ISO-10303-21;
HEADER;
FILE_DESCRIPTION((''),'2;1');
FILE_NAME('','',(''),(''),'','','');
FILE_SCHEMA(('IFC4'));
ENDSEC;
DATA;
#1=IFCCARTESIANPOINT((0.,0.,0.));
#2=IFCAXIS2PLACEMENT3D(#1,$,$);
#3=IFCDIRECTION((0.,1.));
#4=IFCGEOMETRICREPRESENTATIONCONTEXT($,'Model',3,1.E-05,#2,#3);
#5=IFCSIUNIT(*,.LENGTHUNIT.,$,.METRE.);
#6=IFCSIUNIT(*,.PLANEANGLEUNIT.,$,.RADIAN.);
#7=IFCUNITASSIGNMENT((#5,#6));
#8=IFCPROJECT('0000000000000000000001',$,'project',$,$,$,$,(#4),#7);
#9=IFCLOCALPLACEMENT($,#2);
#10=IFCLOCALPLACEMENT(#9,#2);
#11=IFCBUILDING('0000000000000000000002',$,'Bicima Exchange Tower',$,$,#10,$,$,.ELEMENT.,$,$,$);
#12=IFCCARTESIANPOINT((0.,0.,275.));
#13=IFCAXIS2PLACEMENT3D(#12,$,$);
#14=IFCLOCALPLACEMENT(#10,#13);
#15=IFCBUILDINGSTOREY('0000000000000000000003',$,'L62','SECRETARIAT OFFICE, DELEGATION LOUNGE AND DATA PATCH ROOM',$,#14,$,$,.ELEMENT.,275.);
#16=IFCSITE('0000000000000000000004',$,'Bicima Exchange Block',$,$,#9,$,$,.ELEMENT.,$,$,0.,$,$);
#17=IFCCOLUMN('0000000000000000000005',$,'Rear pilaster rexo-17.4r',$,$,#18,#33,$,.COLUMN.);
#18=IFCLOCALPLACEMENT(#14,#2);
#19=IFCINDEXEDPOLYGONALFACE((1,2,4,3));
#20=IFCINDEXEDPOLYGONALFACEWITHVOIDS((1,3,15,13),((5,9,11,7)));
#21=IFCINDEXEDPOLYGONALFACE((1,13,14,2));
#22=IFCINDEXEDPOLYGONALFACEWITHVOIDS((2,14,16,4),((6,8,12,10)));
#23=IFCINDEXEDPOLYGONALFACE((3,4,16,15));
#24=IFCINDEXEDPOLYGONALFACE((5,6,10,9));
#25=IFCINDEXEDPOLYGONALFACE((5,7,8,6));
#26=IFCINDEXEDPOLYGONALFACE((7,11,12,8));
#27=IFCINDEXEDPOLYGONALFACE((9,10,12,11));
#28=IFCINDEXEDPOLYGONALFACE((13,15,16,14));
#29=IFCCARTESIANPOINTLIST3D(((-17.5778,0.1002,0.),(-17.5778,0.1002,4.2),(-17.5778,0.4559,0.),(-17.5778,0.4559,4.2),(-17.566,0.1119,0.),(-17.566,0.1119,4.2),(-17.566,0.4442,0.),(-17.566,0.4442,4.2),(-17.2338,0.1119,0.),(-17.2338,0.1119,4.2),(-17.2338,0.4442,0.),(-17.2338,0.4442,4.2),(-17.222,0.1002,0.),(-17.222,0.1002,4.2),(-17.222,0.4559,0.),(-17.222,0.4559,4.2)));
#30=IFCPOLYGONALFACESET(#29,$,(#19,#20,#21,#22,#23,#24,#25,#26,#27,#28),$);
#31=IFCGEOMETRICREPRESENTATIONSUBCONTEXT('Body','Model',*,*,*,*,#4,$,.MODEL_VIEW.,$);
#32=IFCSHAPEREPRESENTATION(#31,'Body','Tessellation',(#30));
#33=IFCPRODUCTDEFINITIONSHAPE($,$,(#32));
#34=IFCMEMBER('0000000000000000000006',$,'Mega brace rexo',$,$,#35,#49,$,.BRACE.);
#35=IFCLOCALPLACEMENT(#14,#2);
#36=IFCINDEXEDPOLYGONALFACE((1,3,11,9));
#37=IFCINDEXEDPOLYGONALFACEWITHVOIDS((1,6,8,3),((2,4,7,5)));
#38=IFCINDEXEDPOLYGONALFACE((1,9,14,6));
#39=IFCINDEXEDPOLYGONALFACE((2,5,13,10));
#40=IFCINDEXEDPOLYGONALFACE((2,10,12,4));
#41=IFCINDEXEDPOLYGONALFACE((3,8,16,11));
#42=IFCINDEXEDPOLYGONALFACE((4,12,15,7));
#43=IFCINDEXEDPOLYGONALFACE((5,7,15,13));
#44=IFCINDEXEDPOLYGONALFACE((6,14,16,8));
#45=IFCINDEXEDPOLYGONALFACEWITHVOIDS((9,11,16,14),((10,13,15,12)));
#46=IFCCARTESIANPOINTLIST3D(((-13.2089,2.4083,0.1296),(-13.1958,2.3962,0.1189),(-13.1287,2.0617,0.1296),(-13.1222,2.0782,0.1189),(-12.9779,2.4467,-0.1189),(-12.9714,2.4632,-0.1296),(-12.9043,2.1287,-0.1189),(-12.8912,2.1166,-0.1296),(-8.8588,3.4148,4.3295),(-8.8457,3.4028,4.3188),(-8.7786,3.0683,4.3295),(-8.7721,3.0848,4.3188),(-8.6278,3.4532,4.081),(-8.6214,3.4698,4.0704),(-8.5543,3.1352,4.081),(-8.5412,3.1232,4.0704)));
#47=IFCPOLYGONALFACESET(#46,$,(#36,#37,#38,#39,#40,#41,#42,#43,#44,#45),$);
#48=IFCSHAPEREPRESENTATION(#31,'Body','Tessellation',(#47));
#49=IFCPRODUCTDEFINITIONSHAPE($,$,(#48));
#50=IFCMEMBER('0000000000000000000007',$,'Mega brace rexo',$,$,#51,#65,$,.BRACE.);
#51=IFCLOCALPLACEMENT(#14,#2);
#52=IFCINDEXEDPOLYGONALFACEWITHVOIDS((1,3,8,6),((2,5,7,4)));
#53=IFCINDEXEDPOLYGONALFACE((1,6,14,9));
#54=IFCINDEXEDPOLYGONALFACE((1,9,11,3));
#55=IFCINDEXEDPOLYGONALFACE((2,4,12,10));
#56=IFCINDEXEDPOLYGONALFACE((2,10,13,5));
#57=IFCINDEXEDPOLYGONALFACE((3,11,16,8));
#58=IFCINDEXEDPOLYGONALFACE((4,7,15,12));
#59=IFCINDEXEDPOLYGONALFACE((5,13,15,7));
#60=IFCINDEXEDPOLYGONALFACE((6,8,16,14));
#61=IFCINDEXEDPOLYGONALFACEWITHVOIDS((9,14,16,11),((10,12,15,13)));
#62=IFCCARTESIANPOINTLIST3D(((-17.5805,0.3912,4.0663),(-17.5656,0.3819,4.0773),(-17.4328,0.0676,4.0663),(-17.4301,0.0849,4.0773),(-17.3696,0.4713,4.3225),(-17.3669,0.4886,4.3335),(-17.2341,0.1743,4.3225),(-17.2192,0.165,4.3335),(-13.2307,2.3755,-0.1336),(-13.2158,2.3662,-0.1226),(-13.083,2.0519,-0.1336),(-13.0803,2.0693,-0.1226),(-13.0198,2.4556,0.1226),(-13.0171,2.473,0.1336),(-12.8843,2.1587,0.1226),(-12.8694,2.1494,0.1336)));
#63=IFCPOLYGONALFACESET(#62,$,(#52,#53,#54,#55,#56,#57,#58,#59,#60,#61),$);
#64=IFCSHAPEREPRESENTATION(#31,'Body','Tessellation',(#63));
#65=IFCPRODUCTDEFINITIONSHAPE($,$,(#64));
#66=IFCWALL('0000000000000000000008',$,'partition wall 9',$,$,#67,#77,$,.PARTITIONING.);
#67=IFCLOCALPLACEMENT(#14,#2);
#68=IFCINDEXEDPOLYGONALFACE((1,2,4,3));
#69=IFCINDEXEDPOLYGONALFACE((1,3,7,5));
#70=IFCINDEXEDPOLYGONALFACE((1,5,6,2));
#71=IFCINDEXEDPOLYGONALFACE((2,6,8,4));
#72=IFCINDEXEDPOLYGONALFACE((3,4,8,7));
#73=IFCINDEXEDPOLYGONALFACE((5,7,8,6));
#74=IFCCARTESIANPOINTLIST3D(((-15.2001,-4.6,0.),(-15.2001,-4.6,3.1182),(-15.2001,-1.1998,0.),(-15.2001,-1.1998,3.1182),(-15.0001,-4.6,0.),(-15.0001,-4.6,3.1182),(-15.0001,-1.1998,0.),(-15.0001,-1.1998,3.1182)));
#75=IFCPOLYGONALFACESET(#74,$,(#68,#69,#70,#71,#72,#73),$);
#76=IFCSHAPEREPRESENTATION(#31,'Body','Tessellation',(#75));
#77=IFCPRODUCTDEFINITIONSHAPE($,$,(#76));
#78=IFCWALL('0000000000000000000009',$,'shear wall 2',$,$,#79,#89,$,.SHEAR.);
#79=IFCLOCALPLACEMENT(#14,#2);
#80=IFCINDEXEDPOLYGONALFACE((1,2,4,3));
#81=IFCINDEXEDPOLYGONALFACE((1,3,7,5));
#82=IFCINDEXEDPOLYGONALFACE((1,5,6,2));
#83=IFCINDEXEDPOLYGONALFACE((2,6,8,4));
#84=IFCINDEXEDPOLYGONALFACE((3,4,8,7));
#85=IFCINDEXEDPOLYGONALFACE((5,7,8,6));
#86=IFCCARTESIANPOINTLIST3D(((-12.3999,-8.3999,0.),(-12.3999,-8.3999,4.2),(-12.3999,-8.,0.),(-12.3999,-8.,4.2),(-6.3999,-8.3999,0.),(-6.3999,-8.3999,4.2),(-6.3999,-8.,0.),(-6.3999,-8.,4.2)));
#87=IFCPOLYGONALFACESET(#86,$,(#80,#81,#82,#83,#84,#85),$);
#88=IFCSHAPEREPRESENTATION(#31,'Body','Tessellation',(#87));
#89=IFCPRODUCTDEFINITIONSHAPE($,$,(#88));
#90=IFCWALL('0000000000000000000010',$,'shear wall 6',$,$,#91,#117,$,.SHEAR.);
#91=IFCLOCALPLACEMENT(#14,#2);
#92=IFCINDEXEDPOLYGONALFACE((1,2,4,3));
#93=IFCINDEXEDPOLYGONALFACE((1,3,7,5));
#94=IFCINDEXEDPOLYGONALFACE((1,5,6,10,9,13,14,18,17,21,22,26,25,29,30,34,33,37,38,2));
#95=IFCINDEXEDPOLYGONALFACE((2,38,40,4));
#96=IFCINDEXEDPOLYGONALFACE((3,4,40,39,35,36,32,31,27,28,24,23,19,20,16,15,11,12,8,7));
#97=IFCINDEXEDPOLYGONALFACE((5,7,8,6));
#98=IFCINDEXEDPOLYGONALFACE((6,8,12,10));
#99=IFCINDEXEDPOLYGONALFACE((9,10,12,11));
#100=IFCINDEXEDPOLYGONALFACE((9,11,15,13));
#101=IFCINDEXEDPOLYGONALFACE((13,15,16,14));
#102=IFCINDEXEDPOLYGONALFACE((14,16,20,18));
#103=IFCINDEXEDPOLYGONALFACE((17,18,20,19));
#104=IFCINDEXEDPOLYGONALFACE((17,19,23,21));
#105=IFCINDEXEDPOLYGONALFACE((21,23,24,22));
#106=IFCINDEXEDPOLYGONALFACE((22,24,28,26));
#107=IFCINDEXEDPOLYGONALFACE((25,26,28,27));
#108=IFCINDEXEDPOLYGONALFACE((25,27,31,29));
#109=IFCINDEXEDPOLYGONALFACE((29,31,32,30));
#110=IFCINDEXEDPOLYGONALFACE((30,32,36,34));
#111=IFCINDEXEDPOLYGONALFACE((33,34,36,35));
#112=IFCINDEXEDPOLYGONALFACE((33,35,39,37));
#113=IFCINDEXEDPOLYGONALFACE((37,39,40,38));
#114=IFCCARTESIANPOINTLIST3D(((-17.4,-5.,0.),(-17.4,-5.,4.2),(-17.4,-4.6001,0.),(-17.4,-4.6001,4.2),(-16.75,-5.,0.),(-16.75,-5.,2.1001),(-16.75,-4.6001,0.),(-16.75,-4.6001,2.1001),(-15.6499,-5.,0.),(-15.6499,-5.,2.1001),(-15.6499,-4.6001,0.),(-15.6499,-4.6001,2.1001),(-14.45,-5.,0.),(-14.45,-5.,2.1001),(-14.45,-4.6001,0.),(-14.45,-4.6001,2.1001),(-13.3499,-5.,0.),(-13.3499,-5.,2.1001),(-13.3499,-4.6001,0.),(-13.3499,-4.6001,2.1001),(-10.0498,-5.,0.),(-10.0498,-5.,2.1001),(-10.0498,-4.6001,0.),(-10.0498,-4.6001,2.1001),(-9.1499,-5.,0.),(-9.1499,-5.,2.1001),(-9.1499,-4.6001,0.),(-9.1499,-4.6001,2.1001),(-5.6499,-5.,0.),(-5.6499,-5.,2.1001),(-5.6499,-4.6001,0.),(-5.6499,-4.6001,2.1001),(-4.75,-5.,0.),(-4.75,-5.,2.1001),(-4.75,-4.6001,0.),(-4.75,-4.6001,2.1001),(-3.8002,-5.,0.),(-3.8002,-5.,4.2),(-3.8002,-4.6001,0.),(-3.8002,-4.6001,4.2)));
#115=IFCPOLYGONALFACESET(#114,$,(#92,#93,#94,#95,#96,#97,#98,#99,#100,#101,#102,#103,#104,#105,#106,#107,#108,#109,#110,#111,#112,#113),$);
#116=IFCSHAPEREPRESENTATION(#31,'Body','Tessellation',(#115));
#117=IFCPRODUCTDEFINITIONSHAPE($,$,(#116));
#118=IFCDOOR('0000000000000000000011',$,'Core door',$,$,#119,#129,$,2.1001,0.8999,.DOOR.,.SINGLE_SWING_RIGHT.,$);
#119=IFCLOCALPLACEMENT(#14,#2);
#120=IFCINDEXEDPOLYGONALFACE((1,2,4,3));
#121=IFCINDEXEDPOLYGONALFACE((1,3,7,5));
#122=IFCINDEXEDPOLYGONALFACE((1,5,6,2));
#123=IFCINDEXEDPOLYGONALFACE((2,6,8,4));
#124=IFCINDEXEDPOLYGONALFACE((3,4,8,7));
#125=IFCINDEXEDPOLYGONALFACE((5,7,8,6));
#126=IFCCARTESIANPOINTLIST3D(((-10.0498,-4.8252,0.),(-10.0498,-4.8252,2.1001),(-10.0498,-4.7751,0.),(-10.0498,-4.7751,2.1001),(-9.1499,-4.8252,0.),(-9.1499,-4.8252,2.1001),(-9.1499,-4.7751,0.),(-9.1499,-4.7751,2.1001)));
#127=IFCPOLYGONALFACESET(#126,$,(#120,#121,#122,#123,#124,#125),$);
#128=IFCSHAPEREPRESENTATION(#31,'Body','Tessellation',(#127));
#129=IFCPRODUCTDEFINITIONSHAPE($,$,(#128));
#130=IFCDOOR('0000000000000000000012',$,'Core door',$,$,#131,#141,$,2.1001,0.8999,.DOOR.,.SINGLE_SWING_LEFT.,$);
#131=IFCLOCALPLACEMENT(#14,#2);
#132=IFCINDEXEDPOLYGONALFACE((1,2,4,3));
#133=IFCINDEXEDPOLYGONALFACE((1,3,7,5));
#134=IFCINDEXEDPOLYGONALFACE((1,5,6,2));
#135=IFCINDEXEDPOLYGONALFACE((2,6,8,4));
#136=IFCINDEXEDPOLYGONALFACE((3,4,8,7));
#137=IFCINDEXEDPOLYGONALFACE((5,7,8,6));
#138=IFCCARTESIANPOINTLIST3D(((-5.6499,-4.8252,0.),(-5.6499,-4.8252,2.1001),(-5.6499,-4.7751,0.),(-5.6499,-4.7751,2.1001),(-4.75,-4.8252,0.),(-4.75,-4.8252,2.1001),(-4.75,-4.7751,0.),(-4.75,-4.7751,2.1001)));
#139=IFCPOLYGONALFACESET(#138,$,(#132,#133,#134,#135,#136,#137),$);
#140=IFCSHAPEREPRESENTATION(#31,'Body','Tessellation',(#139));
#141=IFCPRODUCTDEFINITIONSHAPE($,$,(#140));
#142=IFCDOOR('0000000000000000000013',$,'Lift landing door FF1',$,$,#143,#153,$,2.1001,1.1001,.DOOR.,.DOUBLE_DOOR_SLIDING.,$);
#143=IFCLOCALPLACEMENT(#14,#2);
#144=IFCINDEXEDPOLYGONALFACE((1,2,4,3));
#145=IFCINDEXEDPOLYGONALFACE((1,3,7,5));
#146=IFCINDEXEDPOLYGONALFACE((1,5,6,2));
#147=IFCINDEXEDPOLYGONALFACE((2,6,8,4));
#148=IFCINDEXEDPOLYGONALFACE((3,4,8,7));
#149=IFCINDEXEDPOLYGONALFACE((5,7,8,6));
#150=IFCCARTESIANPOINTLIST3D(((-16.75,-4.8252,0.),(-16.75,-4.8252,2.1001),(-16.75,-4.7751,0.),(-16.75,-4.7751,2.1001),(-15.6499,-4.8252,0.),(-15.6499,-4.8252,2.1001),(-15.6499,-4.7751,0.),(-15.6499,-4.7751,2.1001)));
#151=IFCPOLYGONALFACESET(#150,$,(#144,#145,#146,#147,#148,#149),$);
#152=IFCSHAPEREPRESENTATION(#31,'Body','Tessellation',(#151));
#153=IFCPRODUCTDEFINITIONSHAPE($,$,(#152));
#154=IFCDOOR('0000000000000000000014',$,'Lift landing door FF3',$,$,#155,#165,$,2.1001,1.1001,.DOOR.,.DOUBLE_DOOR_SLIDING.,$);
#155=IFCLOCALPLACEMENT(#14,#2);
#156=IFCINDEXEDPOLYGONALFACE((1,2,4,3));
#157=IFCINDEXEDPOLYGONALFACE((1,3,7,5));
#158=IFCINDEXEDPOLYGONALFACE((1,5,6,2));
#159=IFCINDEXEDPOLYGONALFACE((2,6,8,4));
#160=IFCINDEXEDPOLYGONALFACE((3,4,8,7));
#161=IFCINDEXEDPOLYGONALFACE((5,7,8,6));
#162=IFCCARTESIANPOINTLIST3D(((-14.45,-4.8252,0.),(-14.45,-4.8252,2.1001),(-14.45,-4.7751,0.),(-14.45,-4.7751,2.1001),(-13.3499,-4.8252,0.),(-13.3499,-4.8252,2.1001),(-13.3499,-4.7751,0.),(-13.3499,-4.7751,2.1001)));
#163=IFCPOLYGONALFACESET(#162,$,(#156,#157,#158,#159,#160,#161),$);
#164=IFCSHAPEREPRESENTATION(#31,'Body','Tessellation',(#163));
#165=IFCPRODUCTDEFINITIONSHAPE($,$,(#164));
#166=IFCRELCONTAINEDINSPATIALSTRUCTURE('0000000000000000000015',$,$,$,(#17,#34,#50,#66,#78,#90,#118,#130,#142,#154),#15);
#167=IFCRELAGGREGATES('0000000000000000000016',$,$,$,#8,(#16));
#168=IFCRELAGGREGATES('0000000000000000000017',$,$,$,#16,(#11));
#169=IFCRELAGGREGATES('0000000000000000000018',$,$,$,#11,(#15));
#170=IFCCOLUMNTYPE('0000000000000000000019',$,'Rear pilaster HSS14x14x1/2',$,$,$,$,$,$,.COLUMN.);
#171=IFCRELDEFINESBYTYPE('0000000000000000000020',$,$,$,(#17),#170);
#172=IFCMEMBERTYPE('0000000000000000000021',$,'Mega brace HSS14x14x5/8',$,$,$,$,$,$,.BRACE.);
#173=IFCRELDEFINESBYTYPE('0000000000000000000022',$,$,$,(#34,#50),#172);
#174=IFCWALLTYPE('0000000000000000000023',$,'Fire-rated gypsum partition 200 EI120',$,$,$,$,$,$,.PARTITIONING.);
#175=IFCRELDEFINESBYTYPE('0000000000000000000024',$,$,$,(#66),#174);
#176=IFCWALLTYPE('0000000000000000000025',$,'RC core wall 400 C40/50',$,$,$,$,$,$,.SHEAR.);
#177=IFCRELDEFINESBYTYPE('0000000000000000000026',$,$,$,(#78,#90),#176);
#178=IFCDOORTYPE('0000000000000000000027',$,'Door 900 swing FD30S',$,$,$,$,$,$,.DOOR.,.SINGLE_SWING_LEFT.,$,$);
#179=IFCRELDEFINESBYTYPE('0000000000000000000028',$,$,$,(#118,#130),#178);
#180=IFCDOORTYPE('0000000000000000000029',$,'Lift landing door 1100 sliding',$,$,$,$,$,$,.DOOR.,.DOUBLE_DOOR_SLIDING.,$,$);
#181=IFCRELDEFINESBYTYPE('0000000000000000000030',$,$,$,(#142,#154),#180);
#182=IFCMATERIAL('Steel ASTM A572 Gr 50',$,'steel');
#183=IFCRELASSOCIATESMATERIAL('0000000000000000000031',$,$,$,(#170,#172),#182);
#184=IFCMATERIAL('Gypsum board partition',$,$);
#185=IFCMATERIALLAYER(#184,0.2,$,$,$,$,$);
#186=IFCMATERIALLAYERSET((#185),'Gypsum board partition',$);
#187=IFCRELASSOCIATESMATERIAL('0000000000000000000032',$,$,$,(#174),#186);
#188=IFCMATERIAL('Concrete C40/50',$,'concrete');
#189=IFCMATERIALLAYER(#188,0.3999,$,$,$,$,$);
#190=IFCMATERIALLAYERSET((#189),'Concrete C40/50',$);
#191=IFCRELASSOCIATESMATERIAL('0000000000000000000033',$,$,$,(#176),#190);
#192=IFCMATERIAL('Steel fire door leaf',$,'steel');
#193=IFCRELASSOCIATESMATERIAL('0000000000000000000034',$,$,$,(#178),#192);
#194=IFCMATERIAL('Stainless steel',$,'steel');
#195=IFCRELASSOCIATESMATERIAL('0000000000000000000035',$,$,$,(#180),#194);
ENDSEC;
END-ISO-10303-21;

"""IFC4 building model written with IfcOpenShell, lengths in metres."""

from ifc_helpers import new_model, si_unit, direction, frame, frame_2d, origin, origin_2d, place, context, subcontext, project, spatial, rectangle, hollow_rectangle, extrude, material, layer, layer_set, material_profile, profile_set, type_object, element, fill, save


model = new_model("IFC4")

# Units and contexts
model_context = context("Model", 3, precision=1e-05, world=origin(), true_north=direction((0.0, 1.0)))
body_context = subcontext(model_context, "Body", "Model", "MODEL_VIEW")
ifc_project = project(units=[si_unit("LENGTHUNIT", "METRE"), si_unit("PLANEANGLEUNIT", "RADIAN")], contexts=[model_context])

# Site, building, storey
site_placement = place(None, origin())
site = spatial("IfcSite", under=ifc_project, at=site_placement, Name="Bicima Exchange Block", CompositionType="ELEMENT", RefElevation=0.0)
building_placement = place(site_placement, origin())
building = spatial("IfcBuilding", under=site, at=building_placement, Name="Bicima Exchange Tower", CompositionType="ELEMENT")
storey_placement = place(building_placement, frame((0.0, 0.0, 275.0)))
storey = spatial("IfcBuildingStorey", under=building, at=storey_placement, Name="L62", Description="SECRETARIAT OFFICE, DELEGATION LOUNGE AND DATA PATCH ROOM", CompositionType="ELEMENT", Elevation=275.0)

# Column
ifc_material_1 = material(Name="Steel ASTM A572 Gr 50", Category="steel")
ifc_material_profile_1 = material_profile(ifc_material_1, hollow_rectangle(XDim=0.3557, YDim=0.3557, WallThickness=0.0117, at=origin_2d()))
ifc_profile_set_1 = profile_set([ifc_material_profile_1], Name="Steel ASTM A572 Gr 50")
column_type = type_object("IfcColumnType", Name="Rear pilaster HSS14x14x1/2", PredefinedType="COLUMN", material=ifc_profile_set_1)
column_placement = place(storey_placement, frame((-17.3999, 0.2781, 0.0), z_axis=(0.0, 0.0, 1.0), x_axis=(1.0, 0.0, 0.0)))
element("IfcColumn", 1, at=column_placement, inside=storey, type_object=column_type, Name="Rear pilaster rexo-17.4r", PredefinedType="COLUMN", context=body_context, shape_type="SweptSolid", body=[
    extrude(hollow_rectangle(XDim=0.3557, YDim=0.3557, WallThickness=0.0117, at=origin_2d()), origin(), (0.0, 0.0, 1.0), 4.2),
])

# Members
ifc_material_profile_2 = material_profile(ifc_material_1, hollow_rectangle(XDim=0.3557, YDim=0.3557, WallThickness=0.0146, at=origin_2d()))
ifc_profile_set_2 = profile_set([ifc_material_profile_2], Name="Steel ASTM A572 Gr 50")
member_type = type_object("IfcMemberType", Name="Mega brace HSS14x14x5/8", PredefinedType="BRACE", material=ifc_profile_set_2)
member_1_placement = place(storey_placement, frame((-13.05, 2.2625, 0.0), z_axis=(0.709648, 0.164209, 0.685154), x_axis=(-0.225439, 0.974257, 0.0)))
element("IfcMember", 2, at=member_1_placement, inside=storey, type_object=member_type, Name="Mega brace rexo", PredefinedType="BRACE", context=body_context, shape_type="SweptSolid", body=[
    extrude(hollow_rectangle(XDim=0.3557, YDim=0.3557, WallThickness=0.0146, at=origin_2d()), origin(), (0.0, 0.0, 1.0), 6.1299),
])
member_2_placement = place(storey_placement, frame((-13.05, 2.2625, 0.0), z_axis=(-0.683526, -0.31182, 0.65997), x_axis=(0.415045, -0.909801, 0.0)))
element("IfcMember", 3, at=member_2_placement, inside=storey, type_object=member_type, Name="Mega brace rexo", PredefinedType="BRACE", context=body_context, shape_type="SweptSolid", body=[
    extrude(hollow_rectangle(XDim=0.3557, YDim=0.3557, WallThickness=0.0146, at=origin_2d()), origin(), (0.0, 0.0, 1.0), 6.3638),
])

# Walls
ifc_material_2 = material(Name="Gypsum board partition")
ifc_layer_1 = layer(ifc_material_2, 0.2)
ifc_layer_set_1 = layer_set([ifc_layer_1], Name="Gypsum board partition")
wall_type_1 = type_object("IfcWallType", Name="Fire-rated gypsum partition 200 EI120", PredefinedType="PARTITIONING", material=ifc_layer_set_1)
wall_1_placement = place(storey_placement, frame((-15.1001, -4.6001, 0.0), z_axis=(0.0, 0.0, 1.0), x_axis=(0.0, 1.0, 0.0)))
element("IfcWall", 4, at=wall_1_placement, inside=storey, type_object=wall_type_1, Name="partition wall 9", PredefinedType="PARTITIONING", context=body_context, shape_type="SweptSolid", body=[
    extrude(rectangle(XDim=3.4001, YDim=0.2, at=frame_2d((1.7002, 0.0))), origin(), (0.0, 0.0, 1.0), 3.1182),
])
ifc_material_3 = material(Name="Concrete C40/50", Category="concrete")
ifc_layer_2 = layer(ifc_material_3, 0.3999)
ifc_layer_set_2 = layer_set([ifc_layer_2], Name="Concrete C40/50")
wall_type_2 = type_object("IfcWallType", Name="RC core wall 400 C40/50", PredefinedType="SHEAR", material=ifc_layer_set_2)
wall_2_placement = place(storey_placement, frame((-12.3999, -8.2, 0.0), z_axis=(0.0, 0.0, 1.0), x_axis=(1.0, 0.0, 0.0)))
element("IfcWall", 5, at=wall_2_placement, inside=storey, type_object=wall_type_2, Name="shear wall 2", PredefinedType="SHEAR", context=body_context, shape_type="SweptSolid", body=[
    extrude(rectangle(XDim=6.0, YDim=0.3999, at=frame_2d((3.0, 0.0))), origin(), (0.0, 0.0, 1.0), 4.2),
])

# Wall, openings, doors
wall_3_placement = place(storey_placement, frame((-17.3999, -4.8, 0.0), z_axis=(0.0, 0.0, 1.0), x_axis=(1.0, 0.0, 0.0)))
wall_3 = element("IfcWall", 6, at=wall_3_placement, inside=storey, type_object=wall_type_2, Name="shear wall 6", PredefinedType="SHEAR", context=body_context, shape_type="SweptSolid", body=[
    extrude(rectangle(XDim=13.5999, YDim=0.3999, at=frame_2d((6.7998, 0.0))), origin(), (0.0, 0.0, 1.0), 4.2),
])
opening_1_placement = place(wall_3_placement, frame((0.6499, 0.0, 0.0)))
opening_1 = element("IfcOpeningElement", 7, at=opening_1_placement, cuts=wall_3, PredefinedType="OPENING", context=body_context, shape_type="SweptSolid", body=[
    extrude(rectangle(XDim=1.1001, YDim=2.1001, at=frame_2d((0.55, 1.05))), frame((0.0, 0.2119, 0.0), z_axis=(0.0, -1.0, 0.0), x_axis=(1.0, 0.0, 0.0)), (0.0, 0.0, 1.0), 0.4238),
])
opening_2_placement = place(wall_3_placement, frame((2.95, 0.0, 0.0)))
opening_2 = element("IfcOpeningElement", 8, at=opening_2_placement, cuts=wall_3, PredefinedType="OPENING", context=body_context, shape_type="SweptSolid", body=[
    extrude(rectangle(XDim=1.1001, YDim=2.1001, at=frame_2d((0.55, 1.05))), frame((0.0, 0.2119, 0.0), z_axis=(0.0, -1.0, 0.0), x_axis=(1.0, 0.0, 0.0)), (0.0, 0.0, 1.0), 0.4238),
])
opening_3_placement = place(wall_3_placement, frame((7.3501, 0.0, 0.0)))
opening_3 = element("IfcOpeningElement", 9, at=opening_3_placement, cuts=wall_3, PredefinedType="OPENING", context=body_context, shape_type="SweptSolid", body=[
    extrude(rectangle(XDim=0.8999, YDim=2.1001, at=frame_2d((0.45, 1.05))), frame((0.0, 0.2119, 0.0), z_axis=(0.0, -1.0, 0.0), x_axis=(1.0, 0.0, 0.0)), (0.0, 0.0, 1.0), 0.4238),
])
opening_4_placement = place(wall_3_placement, frame((11.75, 0.0, 0.0)))
opening_4 = element("IfcOpeningElement", 10, at=opening_4_placement, cuts=wall_3, PredefinedType="OPENING", context=body_context, shape_type="SweptSolid", body=[
    extrude(rectangle(XDim=0.8999, YDim=2.1001, at=frame_2d((0.45, 1.05))), frame((0.0, 0.2119, 0.0), z_axis=(0.0, -1.0, 0.0), x_axis=(1.0, 0.0, 0.0)), (0.0, 0.0, 1.0), 0.4238),
])
ifc_material_4 = material(Name="Steel fire door leaf", Category="steel")
door_type_1 = type_object("IfcDoorType", Name="Door 900 swing FD30S", OperationType="SINGLE_SWING_LEFT", PredefinedType="DOOR", material=ifc_material_4)
door_1_placement = place(opening_3_placement, origin())
door_1 = element("IfcDoor", 11, at=door_1_placement, inside=storey, type_object=door_type_1, Name="Core door", OperationType="SINGLE_SWING_RIGHT", OverallHeight=2.1001, OverallWidth=0.8999, PredefinedType="DOOR", context=body_context, shape_type="SweptSolid", body=[
    extrude(rectangle(XDim=0.8999, YDim=2.1001, at=frame_2d((0.45, 1.05))), frame((0.0, 0.0249, 0.0), z_axis=(0.0, -1.0, 0.0), x_axis=(1.0, 0.0, 0.0)), (0.0, 0.0, 1.0), 0.05),
])
fill(opening_3, door_1)
door_2_placement = place(opening_4_placement, origin())
door_2 = element("IfcDoor", 12, at=door_2_placement, inside=storey, type_object=door_type_1, Name="Core door", OperationType="SINGLE_SWING_LEFT", OverallHeight=2.1001, OverallWidth=0.8999, PredefinedType="DOOR", context=body_context, shape_type="SweptSolid", body=[
    extrude(rectangle(XDim=0.8999, YDim=2.1001, at=frame_2d((0.45, 1.05))), frame((0.0, 0.0249, 0.0), z_axis=(0.0, -1.0, 0.0), x_axis=(1.0, 0.0, 0.0)), (0.0, 0.0, 1.0), 0.05),
])
fill(opening_4, door_2)
ifc_material_5 = material(Name="Stainless steel", Category="steel")
door_type_2 = type_object("IfcDoorType", Name="Lift landing door 1100 sliding", OperationType="DOUBLE_DOOR_SLIDING", PredefinedType="DOOR", material=ifc_material_5)
door_3_placement = place(opening_1_placement, origin())
door_3 = element("IfcDoor", 13, at=door_3_placement, inside=storey, type_object=door_type_2, Name="Lift landing door FF1", OperationType="DOUBLE_DOOR_SLIDING", OverallHeight=2.1001, OverallWidth=1.1001, PredefinedType="DOOR", context=body_context, shape_type="SweptSolid", body=[
    extrude(rectangle(XDim=1.1001, YDim=2.1001, at=frame_2d((0.55, 1.05))), frame((0.0, 0.0249, 0.0), z_axis=(0.0, -1.0, 0.0), x_axis=(1.0, 0.0, 0.0)), (0.0, 0.0, 1.0), 0.05),
])
fill(opening_1, door_3)
door_4_placement = place(opening_2_placement, origin())
door_4 = element("IfcDoor", 14, at=door_4_placement, inside=storey, type_object=door_type_2, Name="Lift landing door FF3", OperationType="DOUBLE_DOOR_SLIDING", OverallHeight=2.1001, OverallWidth=1.1001, PredefinedType="DOOR", context=body_context, shape_type="SweptSolid", body=[
    extrude(rectangle(XDim=1.1001, YDim=2.1001, at=frame_2d((0.55, 1.05))), frame((0.0, 0.0249, 0.0), z_axis=(0.0, -1.0, 0.0), x_axis=(1.0, 0.0, 0.0)), (0.0, 0.0, 1.0), 0.05),
])
fill(opening_2, door_4)

save(model, "model.ifc")
